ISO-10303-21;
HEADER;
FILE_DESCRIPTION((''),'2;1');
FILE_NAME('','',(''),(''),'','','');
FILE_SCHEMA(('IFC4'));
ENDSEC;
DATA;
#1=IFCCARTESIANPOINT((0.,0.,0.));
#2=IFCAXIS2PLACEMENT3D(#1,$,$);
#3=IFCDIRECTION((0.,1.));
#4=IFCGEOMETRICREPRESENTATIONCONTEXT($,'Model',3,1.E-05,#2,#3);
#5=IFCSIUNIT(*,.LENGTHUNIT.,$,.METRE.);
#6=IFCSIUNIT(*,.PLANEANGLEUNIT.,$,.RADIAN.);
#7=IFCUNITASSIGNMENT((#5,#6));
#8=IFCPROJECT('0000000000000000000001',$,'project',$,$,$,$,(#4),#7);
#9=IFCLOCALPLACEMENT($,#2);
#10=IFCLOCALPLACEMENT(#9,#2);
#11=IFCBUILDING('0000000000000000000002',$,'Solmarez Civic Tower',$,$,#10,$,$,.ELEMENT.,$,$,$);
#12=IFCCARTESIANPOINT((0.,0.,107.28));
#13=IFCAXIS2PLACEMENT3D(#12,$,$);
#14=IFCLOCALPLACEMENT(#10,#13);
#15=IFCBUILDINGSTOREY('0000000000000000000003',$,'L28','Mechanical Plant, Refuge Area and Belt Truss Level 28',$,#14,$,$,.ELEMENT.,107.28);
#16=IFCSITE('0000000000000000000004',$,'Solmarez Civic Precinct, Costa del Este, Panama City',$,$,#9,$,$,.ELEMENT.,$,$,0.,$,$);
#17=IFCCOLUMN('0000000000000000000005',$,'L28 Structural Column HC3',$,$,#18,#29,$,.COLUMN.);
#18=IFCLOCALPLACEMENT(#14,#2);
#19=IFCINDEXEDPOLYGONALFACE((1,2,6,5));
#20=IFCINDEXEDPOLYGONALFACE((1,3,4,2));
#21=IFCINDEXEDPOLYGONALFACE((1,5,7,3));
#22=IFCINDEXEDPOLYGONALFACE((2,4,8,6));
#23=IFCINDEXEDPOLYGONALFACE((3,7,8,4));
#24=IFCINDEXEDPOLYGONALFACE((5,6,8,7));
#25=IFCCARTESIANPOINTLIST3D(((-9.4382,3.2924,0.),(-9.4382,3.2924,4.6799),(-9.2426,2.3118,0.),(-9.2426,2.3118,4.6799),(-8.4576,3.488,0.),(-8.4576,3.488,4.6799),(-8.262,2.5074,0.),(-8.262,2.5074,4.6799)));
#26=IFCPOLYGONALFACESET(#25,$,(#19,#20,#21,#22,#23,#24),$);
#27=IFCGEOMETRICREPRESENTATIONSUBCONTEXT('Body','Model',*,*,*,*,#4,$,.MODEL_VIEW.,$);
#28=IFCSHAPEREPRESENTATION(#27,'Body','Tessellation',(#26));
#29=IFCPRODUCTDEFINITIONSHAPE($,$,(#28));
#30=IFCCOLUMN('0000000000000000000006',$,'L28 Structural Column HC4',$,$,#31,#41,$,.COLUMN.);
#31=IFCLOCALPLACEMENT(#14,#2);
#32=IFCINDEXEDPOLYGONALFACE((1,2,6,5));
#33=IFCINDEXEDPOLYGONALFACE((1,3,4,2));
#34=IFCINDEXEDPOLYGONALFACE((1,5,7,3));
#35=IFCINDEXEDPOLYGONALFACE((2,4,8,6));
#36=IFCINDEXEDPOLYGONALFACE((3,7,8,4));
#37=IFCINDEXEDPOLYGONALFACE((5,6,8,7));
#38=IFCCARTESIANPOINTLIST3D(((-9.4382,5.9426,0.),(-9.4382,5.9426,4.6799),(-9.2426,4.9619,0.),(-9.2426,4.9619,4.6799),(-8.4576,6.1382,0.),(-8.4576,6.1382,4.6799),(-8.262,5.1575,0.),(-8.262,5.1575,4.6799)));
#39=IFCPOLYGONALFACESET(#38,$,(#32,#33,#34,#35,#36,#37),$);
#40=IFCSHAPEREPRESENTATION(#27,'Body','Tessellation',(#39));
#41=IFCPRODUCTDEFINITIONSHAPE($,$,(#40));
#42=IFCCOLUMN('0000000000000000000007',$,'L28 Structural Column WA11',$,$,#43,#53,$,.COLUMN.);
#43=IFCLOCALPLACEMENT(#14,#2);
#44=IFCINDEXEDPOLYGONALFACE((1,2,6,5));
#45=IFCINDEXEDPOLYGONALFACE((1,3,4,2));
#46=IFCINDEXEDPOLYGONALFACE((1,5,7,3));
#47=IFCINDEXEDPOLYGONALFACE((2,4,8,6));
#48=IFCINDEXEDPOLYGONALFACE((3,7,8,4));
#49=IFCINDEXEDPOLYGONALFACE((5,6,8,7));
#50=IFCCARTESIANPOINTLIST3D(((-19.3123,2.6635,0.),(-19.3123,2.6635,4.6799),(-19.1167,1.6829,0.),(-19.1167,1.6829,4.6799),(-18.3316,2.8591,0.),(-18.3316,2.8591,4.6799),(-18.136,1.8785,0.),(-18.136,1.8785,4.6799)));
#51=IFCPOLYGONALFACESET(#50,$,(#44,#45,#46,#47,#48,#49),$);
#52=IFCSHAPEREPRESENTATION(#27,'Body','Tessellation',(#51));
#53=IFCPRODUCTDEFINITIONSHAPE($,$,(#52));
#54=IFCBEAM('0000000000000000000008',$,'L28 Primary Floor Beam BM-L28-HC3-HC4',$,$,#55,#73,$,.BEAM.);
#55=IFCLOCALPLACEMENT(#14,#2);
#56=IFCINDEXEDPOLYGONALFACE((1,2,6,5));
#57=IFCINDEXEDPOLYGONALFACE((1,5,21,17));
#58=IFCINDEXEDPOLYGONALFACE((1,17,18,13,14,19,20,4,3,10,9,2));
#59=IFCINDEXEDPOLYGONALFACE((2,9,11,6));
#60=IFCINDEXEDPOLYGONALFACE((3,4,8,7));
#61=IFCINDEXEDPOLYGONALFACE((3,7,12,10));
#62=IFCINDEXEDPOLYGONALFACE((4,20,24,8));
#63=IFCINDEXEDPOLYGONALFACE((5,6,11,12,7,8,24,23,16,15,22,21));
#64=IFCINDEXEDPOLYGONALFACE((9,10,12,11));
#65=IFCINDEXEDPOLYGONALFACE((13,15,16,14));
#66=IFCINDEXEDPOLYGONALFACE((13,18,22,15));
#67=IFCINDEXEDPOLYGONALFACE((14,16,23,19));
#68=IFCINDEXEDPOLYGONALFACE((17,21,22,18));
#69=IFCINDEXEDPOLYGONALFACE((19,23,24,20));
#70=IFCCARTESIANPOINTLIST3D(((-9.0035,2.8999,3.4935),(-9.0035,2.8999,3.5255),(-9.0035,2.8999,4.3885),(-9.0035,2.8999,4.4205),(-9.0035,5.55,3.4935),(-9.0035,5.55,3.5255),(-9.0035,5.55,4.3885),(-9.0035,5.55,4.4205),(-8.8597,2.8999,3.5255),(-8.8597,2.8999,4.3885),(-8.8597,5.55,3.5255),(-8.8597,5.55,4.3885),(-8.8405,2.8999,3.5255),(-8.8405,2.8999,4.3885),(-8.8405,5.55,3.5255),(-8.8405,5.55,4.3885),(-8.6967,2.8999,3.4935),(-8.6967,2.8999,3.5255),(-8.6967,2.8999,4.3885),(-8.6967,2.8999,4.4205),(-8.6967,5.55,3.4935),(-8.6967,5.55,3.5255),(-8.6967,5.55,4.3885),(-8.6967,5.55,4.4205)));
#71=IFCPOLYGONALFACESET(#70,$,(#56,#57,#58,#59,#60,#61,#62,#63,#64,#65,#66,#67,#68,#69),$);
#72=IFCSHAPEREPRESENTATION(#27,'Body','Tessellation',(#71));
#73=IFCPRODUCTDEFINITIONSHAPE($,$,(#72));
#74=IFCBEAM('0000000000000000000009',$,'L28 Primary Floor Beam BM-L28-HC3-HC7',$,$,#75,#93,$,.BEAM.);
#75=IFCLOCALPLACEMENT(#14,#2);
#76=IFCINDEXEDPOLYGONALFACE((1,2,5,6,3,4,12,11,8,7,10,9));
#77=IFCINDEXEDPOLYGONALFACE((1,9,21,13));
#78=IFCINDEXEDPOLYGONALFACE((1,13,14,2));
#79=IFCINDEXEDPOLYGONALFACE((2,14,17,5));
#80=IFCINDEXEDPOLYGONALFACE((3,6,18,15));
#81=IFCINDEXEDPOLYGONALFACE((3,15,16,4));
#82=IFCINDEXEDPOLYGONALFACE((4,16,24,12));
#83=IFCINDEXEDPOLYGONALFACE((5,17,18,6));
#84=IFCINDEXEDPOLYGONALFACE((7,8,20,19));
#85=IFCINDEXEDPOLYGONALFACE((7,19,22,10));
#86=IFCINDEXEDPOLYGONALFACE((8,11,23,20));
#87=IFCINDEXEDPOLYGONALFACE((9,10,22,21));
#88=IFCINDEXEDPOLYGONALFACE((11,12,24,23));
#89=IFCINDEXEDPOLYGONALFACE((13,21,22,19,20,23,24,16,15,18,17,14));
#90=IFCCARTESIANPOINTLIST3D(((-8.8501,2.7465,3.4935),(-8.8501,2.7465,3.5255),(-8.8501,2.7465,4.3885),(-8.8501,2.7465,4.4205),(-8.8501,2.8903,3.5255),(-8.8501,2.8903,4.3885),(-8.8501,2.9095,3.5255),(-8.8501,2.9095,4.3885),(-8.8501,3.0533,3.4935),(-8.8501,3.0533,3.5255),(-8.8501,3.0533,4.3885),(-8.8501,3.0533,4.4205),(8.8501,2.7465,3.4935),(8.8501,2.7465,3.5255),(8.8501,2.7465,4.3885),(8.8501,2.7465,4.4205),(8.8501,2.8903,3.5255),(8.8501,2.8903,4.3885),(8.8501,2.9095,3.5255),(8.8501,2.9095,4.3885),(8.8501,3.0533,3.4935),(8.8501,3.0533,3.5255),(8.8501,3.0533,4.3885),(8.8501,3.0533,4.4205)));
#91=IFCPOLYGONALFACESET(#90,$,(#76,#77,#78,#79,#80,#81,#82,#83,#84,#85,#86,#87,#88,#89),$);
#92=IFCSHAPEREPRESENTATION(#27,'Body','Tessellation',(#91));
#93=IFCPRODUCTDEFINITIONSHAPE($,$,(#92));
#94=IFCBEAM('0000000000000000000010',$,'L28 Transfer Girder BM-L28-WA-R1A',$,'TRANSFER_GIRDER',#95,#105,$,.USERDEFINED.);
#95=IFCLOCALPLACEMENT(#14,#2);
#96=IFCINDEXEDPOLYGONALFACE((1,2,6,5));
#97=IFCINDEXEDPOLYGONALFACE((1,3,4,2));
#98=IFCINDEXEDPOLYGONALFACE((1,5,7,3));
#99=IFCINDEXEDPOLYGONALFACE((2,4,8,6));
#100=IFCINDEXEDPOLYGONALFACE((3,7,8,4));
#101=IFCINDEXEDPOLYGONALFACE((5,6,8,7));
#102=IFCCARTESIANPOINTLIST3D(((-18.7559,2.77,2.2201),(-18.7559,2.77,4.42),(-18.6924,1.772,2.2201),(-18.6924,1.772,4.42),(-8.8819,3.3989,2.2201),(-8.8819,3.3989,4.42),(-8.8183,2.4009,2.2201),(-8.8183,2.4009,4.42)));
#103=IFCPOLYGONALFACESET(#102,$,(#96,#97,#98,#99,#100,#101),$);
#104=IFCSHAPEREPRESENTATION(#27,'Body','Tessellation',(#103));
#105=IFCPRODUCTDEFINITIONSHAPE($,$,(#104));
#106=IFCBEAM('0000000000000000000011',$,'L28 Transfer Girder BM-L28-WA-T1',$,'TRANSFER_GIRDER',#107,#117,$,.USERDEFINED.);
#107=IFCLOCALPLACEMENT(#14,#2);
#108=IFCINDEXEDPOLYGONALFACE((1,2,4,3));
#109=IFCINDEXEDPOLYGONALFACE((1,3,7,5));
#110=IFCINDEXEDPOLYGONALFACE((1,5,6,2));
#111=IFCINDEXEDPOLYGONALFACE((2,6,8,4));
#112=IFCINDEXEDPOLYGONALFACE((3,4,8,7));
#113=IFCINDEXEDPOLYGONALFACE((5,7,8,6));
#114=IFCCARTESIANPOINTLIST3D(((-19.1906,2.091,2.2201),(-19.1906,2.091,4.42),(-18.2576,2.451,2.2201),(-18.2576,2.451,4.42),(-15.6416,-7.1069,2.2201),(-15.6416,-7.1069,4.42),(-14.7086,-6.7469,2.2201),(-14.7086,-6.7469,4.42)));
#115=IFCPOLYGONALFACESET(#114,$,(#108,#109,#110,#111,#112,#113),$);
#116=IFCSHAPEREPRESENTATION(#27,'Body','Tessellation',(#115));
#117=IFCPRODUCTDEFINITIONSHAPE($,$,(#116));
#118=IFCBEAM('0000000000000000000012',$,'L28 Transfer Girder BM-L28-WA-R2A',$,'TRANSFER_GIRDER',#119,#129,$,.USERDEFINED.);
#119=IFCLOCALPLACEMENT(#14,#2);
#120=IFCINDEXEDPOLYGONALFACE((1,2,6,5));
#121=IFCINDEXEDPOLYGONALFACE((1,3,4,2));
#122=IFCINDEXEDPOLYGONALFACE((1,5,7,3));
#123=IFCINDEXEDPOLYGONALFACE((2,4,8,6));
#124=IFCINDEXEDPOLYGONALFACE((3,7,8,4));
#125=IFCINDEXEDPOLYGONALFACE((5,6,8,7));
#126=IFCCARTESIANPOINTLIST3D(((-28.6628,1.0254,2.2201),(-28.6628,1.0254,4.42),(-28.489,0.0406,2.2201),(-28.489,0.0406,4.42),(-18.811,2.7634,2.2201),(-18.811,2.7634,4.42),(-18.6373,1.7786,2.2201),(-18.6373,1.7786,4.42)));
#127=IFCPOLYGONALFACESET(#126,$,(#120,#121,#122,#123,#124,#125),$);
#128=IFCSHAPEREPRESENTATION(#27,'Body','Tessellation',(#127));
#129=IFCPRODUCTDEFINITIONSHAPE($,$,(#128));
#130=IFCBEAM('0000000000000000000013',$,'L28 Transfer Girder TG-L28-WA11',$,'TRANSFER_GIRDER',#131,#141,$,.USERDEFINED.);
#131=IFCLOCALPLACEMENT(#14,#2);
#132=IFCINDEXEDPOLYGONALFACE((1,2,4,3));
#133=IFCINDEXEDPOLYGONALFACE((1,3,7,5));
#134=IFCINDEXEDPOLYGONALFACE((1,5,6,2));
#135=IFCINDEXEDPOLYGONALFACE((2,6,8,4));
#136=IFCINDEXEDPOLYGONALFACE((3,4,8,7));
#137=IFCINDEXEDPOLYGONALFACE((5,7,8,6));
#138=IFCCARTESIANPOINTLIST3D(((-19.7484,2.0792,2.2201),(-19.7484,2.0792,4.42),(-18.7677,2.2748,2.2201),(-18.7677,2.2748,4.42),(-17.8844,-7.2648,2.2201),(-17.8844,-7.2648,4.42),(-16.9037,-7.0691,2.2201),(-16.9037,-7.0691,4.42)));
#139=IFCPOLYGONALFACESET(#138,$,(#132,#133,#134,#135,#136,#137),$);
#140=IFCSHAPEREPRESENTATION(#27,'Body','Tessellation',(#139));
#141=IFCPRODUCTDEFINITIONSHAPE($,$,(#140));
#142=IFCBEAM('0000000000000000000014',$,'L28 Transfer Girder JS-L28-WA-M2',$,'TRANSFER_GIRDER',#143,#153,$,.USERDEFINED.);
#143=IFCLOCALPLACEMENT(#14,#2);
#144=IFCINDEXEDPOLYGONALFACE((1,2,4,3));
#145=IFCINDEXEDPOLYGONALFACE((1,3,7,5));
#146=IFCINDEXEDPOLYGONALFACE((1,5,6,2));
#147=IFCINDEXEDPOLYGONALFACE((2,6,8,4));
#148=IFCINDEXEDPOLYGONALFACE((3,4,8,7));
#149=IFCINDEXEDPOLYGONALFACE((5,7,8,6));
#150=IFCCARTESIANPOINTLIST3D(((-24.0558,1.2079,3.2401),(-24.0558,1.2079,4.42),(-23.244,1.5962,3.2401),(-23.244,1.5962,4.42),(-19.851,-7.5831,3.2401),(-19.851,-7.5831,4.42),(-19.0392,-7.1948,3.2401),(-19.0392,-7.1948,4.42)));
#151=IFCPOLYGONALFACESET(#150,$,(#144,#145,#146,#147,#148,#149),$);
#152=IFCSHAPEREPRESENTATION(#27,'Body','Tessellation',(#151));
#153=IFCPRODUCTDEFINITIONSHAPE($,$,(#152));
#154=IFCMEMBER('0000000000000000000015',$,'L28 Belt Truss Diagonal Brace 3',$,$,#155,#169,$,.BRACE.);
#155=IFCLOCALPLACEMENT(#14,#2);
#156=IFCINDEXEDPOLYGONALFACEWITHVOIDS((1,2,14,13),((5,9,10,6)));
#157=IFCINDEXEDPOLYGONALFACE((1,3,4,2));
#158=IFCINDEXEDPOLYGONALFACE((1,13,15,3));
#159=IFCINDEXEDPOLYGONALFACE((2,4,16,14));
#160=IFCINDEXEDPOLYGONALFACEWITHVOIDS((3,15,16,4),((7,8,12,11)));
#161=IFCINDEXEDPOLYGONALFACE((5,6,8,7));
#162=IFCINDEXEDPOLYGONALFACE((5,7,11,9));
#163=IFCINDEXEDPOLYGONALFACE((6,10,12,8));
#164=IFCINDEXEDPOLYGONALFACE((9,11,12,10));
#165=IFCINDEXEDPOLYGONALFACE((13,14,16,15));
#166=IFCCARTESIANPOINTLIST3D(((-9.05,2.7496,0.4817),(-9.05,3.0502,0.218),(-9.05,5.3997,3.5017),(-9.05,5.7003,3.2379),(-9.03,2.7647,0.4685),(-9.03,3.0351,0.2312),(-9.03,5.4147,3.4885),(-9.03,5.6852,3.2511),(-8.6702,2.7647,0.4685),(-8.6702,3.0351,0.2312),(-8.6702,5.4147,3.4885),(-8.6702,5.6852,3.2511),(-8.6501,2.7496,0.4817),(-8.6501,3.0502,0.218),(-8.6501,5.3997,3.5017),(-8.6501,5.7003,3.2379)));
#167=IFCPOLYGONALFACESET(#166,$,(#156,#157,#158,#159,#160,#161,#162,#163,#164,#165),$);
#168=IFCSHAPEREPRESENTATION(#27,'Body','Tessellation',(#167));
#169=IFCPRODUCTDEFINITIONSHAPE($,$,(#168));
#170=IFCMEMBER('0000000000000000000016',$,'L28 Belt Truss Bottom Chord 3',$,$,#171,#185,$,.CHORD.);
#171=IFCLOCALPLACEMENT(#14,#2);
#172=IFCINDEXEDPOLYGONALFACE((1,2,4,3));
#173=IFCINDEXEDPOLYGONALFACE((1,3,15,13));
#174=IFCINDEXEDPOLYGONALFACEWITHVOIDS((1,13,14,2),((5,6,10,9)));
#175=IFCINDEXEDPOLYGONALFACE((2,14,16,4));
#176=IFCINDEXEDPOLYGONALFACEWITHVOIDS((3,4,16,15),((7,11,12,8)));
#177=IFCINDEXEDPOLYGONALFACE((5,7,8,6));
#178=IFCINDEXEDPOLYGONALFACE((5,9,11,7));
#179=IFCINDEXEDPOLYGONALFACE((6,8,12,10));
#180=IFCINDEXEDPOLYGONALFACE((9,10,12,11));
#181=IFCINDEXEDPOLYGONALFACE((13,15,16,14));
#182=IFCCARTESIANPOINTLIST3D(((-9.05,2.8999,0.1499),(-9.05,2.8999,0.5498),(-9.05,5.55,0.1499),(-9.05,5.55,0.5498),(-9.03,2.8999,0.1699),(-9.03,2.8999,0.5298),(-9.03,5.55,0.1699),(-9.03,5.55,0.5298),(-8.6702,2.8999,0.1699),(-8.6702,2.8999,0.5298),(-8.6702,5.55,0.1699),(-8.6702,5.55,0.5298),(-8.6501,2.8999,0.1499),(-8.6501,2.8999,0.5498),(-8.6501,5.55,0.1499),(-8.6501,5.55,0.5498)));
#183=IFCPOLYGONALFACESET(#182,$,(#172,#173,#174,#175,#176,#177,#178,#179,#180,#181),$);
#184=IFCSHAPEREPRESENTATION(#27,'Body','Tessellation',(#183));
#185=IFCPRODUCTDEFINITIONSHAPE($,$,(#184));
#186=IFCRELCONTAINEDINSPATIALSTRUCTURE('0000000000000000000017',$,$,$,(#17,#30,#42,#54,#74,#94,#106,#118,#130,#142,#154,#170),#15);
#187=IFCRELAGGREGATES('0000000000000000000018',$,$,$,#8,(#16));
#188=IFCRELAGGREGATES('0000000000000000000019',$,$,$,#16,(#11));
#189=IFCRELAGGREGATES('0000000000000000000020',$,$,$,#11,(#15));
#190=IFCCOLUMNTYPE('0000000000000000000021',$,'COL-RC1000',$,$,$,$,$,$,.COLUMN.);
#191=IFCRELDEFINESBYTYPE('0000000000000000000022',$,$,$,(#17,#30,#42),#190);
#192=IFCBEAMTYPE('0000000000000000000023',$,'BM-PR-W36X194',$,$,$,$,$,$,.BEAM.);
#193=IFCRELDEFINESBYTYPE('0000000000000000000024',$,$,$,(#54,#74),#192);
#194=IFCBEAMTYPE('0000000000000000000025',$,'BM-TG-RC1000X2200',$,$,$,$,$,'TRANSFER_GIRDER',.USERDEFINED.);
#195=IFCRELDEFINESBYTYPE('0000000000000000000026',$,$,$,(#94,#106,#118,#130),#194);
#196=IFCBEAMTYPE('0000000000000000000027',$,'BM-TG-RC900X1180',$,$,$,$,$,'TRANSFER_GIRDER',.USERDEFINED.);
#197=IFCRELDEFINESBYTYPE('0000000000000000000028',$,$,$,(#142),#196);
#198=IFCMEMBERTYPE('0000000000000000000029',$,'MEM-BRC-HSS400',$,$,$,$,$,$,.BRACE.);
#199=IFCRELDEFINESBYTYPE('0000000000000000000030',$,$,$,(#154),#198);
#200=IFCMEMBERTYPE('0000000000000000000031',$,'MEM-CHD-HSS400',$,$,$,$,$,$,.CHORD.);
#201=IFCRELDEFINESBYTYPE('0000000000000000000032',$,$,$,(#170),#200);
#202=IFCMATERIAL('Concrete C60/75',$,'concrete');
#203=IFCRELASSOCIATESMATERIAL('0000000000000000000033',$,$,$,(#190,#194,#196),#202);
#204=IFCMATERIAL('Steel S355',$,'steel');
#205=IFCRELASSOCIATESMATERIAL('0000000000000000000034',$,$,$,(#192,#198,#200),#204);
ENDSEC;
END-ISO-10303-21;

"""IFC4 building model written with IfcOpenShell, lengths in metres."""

from ifc_helpers import new_model, si_unit, direction, frame, origin, origin_2d, place, context, subcontext, project, spatial, rectangle, hollow_rectangle, i_section, extrude, material, material_profile, profile_set, type_object, element, save


model = new_model("IFC4")

# Units and contexts
model_context = context("Model", 3, precision=1e-05, world=origin(), true_north=direction((0.0, 1.0)))
body_context = subcontext(model_context, "Body", "Model", "MODEL_VIEW")
ifc_project = project(units=[si_unit("LENGTHUNIT", "METRE"), si_unit("PLANEANGLEUNIT", "RADIAN")], contexts=[model_context])

# Site, building, storey
site_placement = place(None, origin())
site = spatial("IfcSite", under=ifc_project, at=site_placement, Name="Solmarez Civic Precinct, Costa del Este, Panama City", CompositionType="ELEMENT", RefElevation=0.0)
building_placement = place(site_placement, origin())
building = spatial("IfcBuilding", under=site, at=building_placement, Name="Solmarez Civic Tower", CompositionType="ELEMENT")
storey_placement = place(building_placement, frame((0.0, 0.0, 107.28)))
storey = spatial("IfcBuildingStorey", under=building, at=storey_placement, Name="L28", Description="Mechanical Plant, Refuge Area and Belt Truss Level 28", CompositionType="ELEMENT", Elevation=107.28)

# Columns
ifc_material_1 = material(Name="Concrete C60/75", Category="concrete")
ifc_material_profile_1 = material_profile(ifc_material_1, rectangle(XDim=1.0, YDim=1.0, at=origin_2d()), Name="RC1000X1000")
ifc_profile_set_1 = profile_set([ifc_material_profile_1], Name="Concrete C60/75")
column_type = type_object("IfcColumnType", Name="COL-RC1000", PredefinedType="COLUMN", material=ifc_profile_set_1)
for number, where, z_axis, x_axis, name in (
    (1, (-8.8501, 2.8999, 0.0), (0.0, 0.0, 1.0), (0.980683, 0.195604, 0.0), "L28 Structural Column HC3"),
    (2, (-8.8501, 5.55, 0.0), (0.0, 0.0, 1.0), (0.980683, 0.195604, 0.0), "L28 Structural Column HC4"),
    (3, (-18.7241, 2.271, 0.0), (0.0, 0.0, 1.0), (0.980683, 0.195604, 0.0), "L28 Structural Column WA11"),
):
    element("IfcColumn", number, at=place(storey_placement, frame(where, z_axis=z_axis, x_axis=x_axis)), inside=storey, type_object=column_type, Name=name, PredefinedType="COLUMN", context=body_context, shape_type="SweptSolid", body=[
        extrude(rectangle(XDim=1.0, YDim=1.0, at=origin_2d()), origin(), (0.0, 0.0, 1.0), 4.6799),
    ])

# Beams
ifc_material_2 = material(Name="Steel S355", Category="steel")
ifc_material_profile_2 = material_profile(ifc_material_2, i_section(OverallWidth=0.3069, OverallDepth=0.927, WebThickness=0.0193, FlangeThickness=0.032, at=origin_2d()), Name="W36X194")
ifc_profile_set_2 = profile_set([ifc_material_profile_2], Name="Steel S355")
beam_type_1 = type_object("IfcBeamType", Name="BM-PR-W36X194", PredefinedType="BEAM", material=ifc_profile_set_2)
beam_1_placement = place(storey_placement, frame((-8.8501, 2.8999, 3.957), z_axis=(0.0, 1.0, 0.0), x_axis=(-1.0, 0.0, 0.0)))
element("IfcBeam", 4, at=beam_1_placement, inside=storey, type_object=beam_type_1, Name="L28 Primary Floor Beam BM-L28-HC3-HC4", PredefinedType="BEAM", context=body_context, shape_type="SweptSolid", body=[
    extrude(i_section(OverallWidth=0.3069, OverallDepth=0.927, WebThickness=0.0193, FlangeThickness=0.032, at=origin_2d()), origin(), (0.0, 0.0, 1.0), 2.6501),
])
beam_2_placement = place(storey_placement, frame((-8.8501, 2.8999, 3.957), z_axis=(1.0, 0.0, 0.0), x_axis=(0.0, 1.0, 0.0)))
element("IfcBeam", 5, at=beam_2_placement, inside=storey, type_object=beam_type_1, Name="L28 Primary Floor Beam BM-L28-HC3-HC7", PredefinedType="BEAM", context=body_context, shape_type="SweptSolid", body=[
    extrude(i_section(OverallWidth=0.3069, OverallDepth=0.927, WebThickness=0.0193, FlangeThickness=0.032, at=origin_2d()), origin(), (0.0, 0.0, 1.0), 17.7002),
])
ifc_material_profile_3 = material_profile(ifc_material_1, rectangle(XDim=1.0, YDim=2.2, at=origin_2d()), Name="RC1000X2200")
ifc_profile_set_3 = profile_set([ifc_material_profile_3], Name="Concrete C60/75")
beam_type_2 = type_object("IfcBeamType", Name="BM-TG-RC1000X2200", ElementType="TRANSFER_GIRDER", PredefinedType="USERDEFINED", material=ifc_profile_set_3)
beam_3_placement = place(storey_placement, frame((-8.8501, 2.8999, 3.3201), z_axis=(-0.997978, -0.063564, 0.0), x_axis=(0.063564, -0.997978, 0.0)))
element("IfcBeam", 6, at=beam_3_placement, inside=storey, type_object=beam_type_2, Name="L28 Transfer Girder BM-L28-WA-R1A", ObjectType="TRANSFER_GIRDER", PredefinedType="USERDEFINED", context=body_context, shape_type="SweptSolid", body=[
    extrude(rectangle(XDim=1.0, YDim=2.2, at=origin_2d()), origin(), (0.0, 0.0, 1.0), 9.894),
])
beam_4_placement = place(storey_placement, frame((-18.7241, 2.271, 3.3201), z_axis=(0.359984, -0.932958, 0.0), x_axis=(0.932958, 0.359984, 0.0)))
element("IfcBeam", 7, at=beam_4_placement, inside=storey, type_object=beam_type_2, Name="L28 Transfer Girder BM-L28-WA-T1", ObjectType="TRANSFER_GIRDER", PredefinedType="USERDEFINED", context=body_context, shape_type="SweptSolid", body=[
    extrude(rectangle(XDim=1.0, YDim=2.2, at=origin_2d()), origin(), (0.0, 0.0, 1.0), 9.8589),
])
beam_5_placement = place(storey_placement, frame((-18.7241, 2.271, 3.3201), z_axis=(-0.984792, -0.173735, 0.0), x_axis=(0.173735, -0.984792, 0.0)))
element("IfcBeam", 8, at=beam_5_placement, inside=storey, type_object=beam_type_2, Name="L28 Transfer Girder BM-L28-WA-R2A", ObjectType="TRANSFER_GIRDER", PredefinedType="USERDEFINED", context=body_context, shape_type="SweptSolid", body=[
    extrude(rectangle(XDim=1.0, YDim=2.2, at=origin_2d()), origin(), (0.0, 0.0, 1.0), 10.0039),
])
beam_6_placement = place(storey_placement, frame((-19.2581, 2.177, 3.3201), z_axis=(0.195633, -0.980677, 0.0), x_axis=(0.980677, 0.195633, 0.0)))
element("IfcBeam", 9, at=beam_6_placement, inside=storey, type_object=beam_type_2, Name="L28 Transfer Girder TG-L28-WA11", ObjectType="TRANSFER_GIRDER", PredefinedType="USERDEFINED", context=body_context, shape_type="SweptSolid", body=[
    extrude(rectangle(XDim=1.0, YDim=2.2, at=origin_2d()), origin(), (0.0, 0.0, 1.0), 9.5281),
])
ifc_material_profile_4 = material_profile(ifc_material_1, rectangle(XDim=0.8999, YDim=1.1799, at=origin_2d()), Name="RC900X1180")
ifc_profile_set_4 = profile_set([ifc_material_profile_4], Name="Concrete C60/75")
beam_type_3 = type_object("IfcBeamType", Name="BM-TG-RC900X1180", ElementType="TRANSFER_GIRDER", PredefinedType="USERDEFINED", material=ifc_profile_set_4)
beam_7_placement = place(storey_placement, frame((-23.6499, 1.4021, 3.8301), z_axis=(0.431492, -0.902117, 0.0), x_axis=(0.902117, 0.431492, 0.0)))
element("IfcBeam", 10, at=beam_7_placement, inside=storey, type_object=beam_type_3, Name="L28 Transfer Girder JS-L28-WA-M2", ObjectType="TRANSFER_GIRDER", PredefinedType="USERDEFINED", context=body_context, shape_type="SweptSolid", body=[
    extrude(rectangle(XDim=0.8999, YDim=1.1799, at=origin_2d()), origin(), (0.0, 0.0, 1.0), 9.7449),
])

# Members
ifc_material_profile_5 = material_profile(ifc_material_2, hollow_rectangle(XDim=0.3999, YDim=0.3999, WallThickness=0.02, at=origin_2d()), Name="HSS400X400X20")
ifc_profile_set_5 = profile_set([ifc_material_profile_5], Name="Steel S355")
member_type_1 = type_object("IfcMemberType", Name="MEM-BRC-HSS400", PredefinedType="BRACE", material=ifc_profile_set_5)
member_1_placement = place(storey_placement, frame((-8.8501, 2.8999, 0.3499), z_axis=(0.0, 0.659579, 0.751635), x_axis=(-1.0, 0.0, 0.0)))
element("IfcMember", 11, at=member_1_placement, inside=storey, type_object=member_type_1, Name="L28 Belt Truss Diagonal Brace 3", PredefinedType="BRACE", context=body_context, shape_type="SweptSolid", body=[
    extrude(hollow_rectangle(XDim=0.3999, YDim=0.3999, WallThickness=0.02, at=origin_2d()), origin(), (0.0, 0.0, 1.0), 4.0178),
])
ifc_material_profile_6 = material_profile(ifc_material_2, hollow_rectangle(XDim=0.3999, YDim=0.3999, WallThickness=0.02, at=origin_2d()), Name="HSS400X400X20")
ifc_profile_set_6 = profile_set([ifc_material_profile_6], Name="Steel S355")
member_type_2 = type_object("IfcMemberType", Name="MEM-CHD-HSS400", PredefinedType="CHORD", material=ifc_profile_set_6)
member_2_placement = place(storey_placement, frame((-8.8501, 2.8999, 0.3499), z_axis=(0.0, 1.0, 0.0), x_axis=(-1.0, 0.0, 0.0)))
element("IfcMember", 12, at=member_2_placement, inside=storey, type_object=member_type_2, Name="L28 Belt Truss Bottom Chord 3", PredefinedType="CHORD", context=body_context, shape_type="SweptSolid", body=[
    extrude(hollow_rectangle(XDim=0.3999, YDim=0.3999, WallThickness=0.02, at=origin_2d()), origin(), (0.0, 0.0, 1.0), 2.6501),
])

save(model, "model.ifc")
